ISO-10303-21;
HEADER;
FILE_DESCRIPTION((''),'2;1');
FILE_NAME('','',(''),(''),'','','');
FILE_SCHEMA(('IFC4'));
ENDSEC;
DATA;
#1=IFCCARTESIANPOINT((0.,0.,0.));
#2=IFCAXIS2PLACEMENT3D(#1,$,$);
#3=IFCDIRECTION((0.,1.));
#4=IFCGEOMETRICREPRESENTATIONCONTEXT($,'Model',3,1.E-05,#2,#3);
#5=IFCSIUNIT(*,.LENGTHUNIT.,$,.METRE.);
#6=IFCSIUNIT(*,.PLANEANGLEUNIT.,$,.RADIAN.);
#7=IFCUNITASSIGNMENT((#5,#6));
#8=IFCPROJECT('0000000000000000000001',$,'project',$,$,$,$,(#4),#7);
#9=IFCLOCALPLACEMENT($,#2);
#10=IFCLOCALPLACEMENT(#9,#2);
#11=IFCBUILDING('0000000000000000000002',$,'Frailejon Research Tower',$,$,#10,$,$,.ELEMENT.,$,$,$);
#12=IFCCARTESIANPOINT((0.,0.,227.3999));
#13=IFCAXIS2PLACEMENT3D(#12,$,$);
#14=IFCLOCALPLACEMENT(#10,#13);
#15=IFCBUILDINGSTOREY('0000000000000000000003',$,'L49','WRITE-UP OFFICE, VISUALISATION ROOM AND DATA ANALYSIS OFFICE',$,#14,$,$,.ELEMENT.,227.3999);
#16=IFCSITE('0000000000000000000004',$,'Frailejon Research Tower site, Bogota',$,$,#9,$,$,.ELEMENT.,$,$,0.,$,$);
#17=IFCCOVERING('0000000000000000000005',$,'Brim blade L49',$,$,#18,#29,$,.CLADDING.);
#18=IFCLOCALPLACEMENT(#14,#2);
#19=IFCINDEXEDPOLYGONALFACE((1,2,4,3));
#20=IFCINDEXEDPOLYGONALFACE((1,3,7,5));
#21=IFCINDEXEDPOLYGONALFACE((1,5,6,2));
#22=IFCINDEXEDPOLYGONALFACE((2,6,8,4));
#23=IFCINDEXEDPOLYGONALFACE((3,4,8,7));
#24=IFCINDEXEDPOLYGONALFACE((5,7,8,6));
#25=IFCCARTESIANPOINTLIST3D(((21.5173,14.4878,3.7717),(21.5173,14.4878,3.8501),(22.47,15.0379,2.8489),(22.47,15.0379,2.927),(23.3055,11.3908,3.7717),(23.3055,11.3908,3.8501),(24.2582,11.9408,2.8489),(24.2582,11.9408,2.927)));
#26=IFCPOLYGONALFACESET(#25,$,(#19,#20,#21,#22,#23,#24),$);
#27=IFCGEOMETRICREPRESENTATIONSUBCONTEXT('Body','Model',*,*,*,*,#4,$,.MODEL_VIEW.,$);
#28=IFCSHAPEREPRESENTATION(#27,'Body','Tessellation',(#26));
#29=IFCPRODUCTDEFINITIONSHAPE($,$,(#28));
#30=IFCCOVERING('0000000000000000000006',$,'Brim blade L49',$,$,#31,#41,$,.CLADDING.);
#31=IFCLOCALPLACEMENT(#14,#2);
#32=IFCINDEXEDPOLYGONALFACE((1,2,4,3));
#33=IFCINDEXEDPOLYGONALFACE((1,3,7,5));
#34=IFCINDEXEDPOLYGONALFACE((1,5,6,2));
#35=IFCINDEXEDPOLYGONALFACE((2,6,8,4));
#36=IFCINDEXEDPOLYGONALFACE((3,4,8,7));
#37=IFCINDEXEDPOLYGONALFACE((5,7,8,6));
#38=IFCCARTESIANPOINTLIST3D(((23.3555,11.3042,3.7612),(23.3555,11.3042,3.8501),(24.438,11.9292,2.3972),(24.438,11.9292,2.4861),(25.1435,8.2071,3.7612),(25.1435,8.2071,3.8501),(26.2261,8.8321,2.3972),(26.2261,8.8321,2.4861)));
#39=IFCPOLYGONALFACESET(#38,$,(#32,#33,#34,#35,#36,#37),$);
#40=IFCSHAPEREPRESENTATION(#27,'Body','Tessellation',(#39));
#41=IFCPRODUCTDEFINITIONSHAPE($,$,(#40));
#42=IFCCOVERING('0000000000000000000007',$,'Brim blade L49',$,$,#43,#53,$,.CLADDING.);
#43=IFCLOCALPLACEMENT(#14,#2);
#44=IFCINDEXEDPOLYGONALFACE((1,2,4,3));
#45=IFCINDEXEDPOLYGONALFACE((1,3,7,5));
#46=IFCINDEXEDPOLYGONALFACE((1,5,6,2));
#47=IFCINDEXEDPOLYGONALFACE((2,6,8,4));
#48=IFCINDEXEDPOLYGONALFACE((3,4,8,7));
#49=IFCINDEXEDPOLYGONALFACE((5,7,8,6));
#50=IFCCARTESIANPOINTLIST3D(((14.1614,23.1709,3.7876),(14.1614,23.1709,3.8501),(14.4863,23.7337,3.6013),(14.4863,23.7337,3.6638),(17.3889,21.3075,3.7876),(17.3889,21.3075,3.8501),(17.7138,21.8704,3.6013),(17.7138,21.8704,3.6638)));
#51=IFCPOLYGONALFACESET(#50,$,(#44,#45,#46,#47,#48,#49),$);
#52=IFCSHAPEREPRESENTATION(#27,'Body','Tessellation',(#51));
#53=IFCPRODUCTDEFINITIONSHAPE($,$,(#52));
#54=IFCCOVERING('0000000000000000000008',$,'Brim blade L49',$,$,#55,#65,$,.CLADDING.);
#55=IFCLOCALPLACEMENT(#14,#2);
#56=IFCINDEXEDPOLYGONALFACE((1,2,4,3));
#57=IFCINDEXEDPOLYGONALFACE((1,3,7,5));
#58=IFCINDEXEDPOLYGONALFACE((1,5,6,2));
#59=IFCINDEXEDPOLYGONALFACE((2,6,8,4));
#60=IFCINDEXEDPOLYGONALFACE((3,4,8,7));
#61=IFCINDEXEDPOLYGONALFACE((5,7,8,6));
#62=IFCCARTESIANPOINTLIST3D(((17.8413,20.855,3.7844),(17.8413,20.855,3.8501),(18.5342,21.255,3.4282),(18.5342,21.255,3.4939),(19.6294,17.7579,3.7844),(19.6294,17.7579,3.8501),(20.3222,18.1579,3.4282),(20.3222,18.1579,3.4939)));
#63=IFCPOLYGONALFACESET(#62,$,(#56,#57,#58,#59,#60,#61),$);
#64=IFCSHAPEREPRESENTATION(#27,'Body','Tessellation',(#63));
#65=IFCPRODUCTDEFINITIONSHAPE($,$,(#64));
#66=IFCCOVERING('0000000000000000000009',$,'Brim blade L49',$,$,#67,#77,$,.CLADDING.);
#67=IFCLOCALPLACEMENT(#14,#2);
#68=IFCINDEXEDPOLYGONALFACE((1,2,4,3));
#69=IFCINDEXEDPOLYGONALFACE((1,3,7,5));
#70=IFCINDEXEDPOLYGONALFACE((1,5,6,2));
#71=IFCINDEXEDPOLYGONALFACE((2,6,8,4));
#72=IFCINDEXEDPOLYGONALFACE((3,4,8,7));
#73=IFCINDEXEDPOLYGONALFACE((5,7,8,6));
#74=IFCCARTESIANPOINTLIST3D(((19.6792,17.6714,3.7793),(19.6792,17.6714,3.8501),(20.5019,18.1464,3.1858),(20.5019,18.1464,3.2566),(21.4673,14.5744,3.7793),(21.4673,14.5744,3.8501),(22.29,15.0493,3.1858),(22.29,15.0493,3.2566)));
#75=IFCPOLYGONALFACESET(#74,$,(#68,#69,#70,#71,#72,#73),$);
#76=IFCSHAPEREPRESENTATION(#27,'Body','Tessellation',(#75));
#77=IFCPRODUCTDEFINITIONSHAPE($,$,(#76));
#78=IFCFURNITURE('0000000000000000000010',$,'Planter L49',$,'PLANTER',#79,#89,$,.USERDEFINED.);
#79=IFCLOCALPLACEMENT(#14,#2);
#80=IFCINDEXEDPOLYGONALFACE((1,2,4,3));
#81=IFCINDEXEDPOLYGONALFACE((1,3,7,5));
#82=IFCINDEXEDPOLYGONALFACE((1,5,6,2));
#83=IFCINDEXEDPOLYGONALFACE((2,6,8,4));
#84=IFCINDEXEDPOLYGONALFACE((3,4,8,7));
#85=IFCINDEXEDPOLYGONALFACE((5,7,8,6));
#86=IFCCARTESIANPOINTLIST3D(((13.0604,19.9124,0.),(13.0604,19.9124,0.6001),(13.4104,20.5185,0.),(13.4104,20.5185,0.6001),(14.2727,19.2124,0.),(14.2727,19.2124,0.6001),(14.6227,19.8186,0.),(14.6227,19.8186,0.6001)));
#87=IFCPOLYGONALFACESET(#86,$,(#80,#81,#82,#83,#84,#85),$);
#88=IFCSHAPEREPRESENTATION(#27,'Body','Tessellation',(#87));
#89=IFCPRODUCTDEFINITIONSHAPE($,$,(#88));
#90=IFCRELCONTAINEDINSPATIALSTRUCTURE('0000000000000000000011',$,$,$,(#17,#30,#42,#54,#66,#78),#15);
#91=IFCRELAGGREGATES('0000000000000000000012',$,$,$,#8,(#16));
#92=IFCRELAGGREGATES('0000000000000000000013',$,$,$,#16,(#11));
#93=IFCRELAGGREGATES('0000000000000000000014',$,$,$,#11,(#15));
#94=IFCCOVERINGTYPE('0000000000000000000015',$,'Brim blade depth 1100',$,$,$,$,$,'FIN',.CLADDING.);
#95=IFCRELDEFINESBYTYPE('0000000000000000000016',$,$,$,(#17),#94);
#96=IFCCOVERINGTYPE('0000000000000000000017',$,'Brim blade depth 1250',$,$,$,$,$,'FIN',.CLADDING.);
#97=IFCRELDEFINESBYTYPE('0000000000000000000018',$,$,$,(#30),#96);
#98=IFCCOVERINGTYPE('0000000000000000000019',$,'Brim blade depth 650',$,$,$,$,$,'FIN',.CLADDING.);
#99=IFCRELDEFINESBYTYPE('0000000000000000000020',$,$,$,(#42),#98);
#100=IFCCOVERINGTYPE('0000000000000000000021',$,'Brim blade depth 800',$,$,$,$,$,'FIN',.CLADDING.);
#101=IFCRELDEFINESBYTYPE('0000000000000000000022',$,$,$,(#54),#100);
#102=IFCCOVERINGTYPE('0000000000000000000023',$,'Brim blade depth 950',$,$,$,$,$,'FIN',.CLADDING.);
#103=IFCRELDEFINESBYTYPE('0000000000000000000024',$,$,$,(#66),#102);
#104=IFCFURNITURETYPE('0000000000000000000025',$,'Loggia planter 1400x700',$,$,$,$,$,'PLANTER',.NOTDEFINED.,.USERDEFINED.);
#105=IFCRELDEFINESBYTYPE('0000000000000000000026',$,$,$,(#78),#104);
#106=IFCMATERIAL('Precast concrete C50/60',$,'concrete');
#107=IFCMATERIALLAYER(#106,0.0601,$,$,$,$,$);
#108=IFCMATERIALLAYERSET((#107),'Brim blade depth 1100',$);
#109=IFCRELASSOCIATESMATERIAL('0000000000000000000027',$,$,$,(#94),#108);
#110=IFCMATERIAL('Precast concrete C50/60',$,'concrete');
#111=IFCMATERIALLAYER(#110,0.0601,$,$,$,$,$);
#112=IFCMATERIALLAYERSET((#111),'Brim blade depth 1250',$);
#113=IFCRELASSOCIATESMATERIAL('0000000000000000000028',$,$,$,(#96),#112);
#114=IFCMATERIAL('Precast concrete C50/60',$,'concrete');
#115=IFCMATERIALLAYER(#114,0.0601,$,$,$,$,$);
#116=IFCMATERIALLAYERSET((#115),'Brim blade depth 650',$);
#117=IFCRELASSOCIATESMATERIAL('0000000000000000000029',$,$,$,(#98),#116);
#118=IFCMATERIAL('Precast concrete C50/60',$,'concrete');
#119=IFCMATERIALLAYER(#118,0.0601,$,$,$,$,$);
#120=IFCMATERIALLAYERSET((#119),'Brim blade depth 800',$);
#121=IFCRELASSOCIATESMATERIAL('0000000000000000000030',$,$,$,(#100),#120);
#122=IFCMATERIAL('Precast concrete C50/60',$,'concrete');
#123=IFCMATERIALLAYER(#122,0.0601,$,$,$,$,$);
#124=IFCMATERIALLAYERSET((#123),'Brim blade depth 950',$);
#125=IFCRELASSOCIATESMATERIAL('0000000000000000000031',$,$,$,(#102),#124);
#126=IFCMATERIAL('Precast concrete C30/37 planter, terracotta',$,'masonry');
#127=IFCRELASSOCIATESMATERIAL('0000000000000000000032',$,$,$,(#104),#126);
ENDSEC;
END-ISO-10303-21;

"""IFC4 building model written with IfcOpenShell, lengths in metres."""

from ifc_helpers import new_model, si_unit, direction, frame, origin, origin_2d, place, context, subcontext, project, spatial, polyline, rectangle, outline, extrude, material, layer, layer_set, type_object, element, save


model = new_model("IFC4")

# Units and contexts
model_context = context("Model", 3, precision=1e-05, world=origin(), true_north=direction((0.0, 1.0)))
body_context = subcontext(model_context, "Body", "Model", "MODEL_VIEW")
ifc_project = project(units=[si_unit("LENGTHUNIT", "METRE"), si_unit("PLANEANGLEUNIT", "RADIAN")], contexts=[model_context])

# Site, building, storey
site_placement = place(None, origin())
site = spatial("IfcSite", under=ifc_project, at=site_placement, Name="Frailejon Research Tower site, Bogota", CompositionType="ELEMENT", RefElevation=0.0)
building_placement = place(site_placement, origin())
building = spatial("IfcBuilding", under=site, at=building_placement, Name="Frailejon Research Tower", CompositionType="ELEMENT")
storey_placement = place(building_placement, frame((0.0, 0.0, 227.3999)))
storey = spatial("IfcBuildingStorey", under=building, at=storey_placement, Name="L49", Description="WRITE-UP OFFICE, VISUALISATION ROOM AND DATA ANALYSIS OFFICE", CompositionType="ELEMENT", Elevation=227.3999)

# Coverings
ifc_material_1 = material(Name="Precast concrete C50/60", Category="concrete")
ifc_layer_1 = layer(ifc_material_1, 0.0601)
ifc_layer_set_1 = layer_set([ifc_layer_1], Name="Brim blade depth 1100")
covering_type_1 = type_object("IfcCoveringType", Name="Brim blade depth 1100", ElementType="FIN", PredefinedType="CLADDING", material=ifc_layer_set_1)
covering_1_placement = place(storey_placement, frame((21.5173, 14.4878, 3.8501), z_axis=(0.50001, -0.86602, 0.0), x_axis=(0.86602, 0.50001, 0.0)))
element("IfcCovering", 1, at=covering_1_placement, inside=storey, type_object=covering_type_1, Name="Brim blade L49", PredefinedType="CLADDING", context=body_context, shape_type="SweptSolid", body=[
    extrude(outline(polyline([(0.0, -0.0784), (1.1001, -1.0012), (1.1001, -0.9231), (0.0, 0.0), (0.0, -0.0784)])), origin(), (0.0, 0.0, 1.0), 3.5762),
])
ifc_material_2 = material(Name="Precast concrete C50/60", Category="concrete")
ifc_layer_2 = layer(ifc_material_2, 0.0601)
ifc_layer_set_2 = layer_set([ifc_layer_2], Name="Brim blade depth 1250")
covering_type_2 = type_object("IfcCoveringType", Name="Brim blade depth 1250", ElementType="FIN", PredefinedType="CLADDING", material=ifc_layer_set_2)
covering_2_placement = place(storey_placement, frame((23.3555, 11.3042, 3.8501), z_axis=(0.499989, -0.866032, 0.0), x_axis=(0.866032, 0.499989, 0.0)))
element("IfcCovering", 2, at=covering_2_placement, inside=storey, type_object=covering_type_2, Name="Brim blade L49", PredefinedType="CLADDING", context=body_context, shape_type="SweptSolid", body=[
    extrude(outline(polyline([(0.0, -0.0889), (1.25, -1.4529), (1.25, -1.364), (0.0, 0.0), (0.0, -0.0889)])), origin(), (0.0, 0.0, 1.0), 3.5762),
])
ifc_material_3 = material(Name="Precast concrete C50/60", Category="concrete")
ifc_layer_3 = layer(ifc_material_3, 0.0601)
ifc_layer_set_3 = layer_set([ifc_layer_3], Name="Brim blade depth 650")
covering_type_3 = type_object("IfcCoveringType", Name="Brim blade depth 650", ElementType="FIN", PredefinedType="CLADDING", material=ifc_layer_set_3)
covering_3_placement = place(storey_placement, frame((14.1614, 23.1709, 3.8501), z_axis=(0.86603, -0.499992, 0.0), x_axis=(0.499992, 0.86603, 0.0)))
element("IfcCovering", 3, at=covering_3_placement, inside=storey, type_object=covering_type_3, Name="Brim blade L49", PredefinedType="CLADDING", context=body_context, shape_type="SweptSolid", body=[
    extrude(outline(polyline([(0.0, -0.0625), (0.6499, -0.2488), (0.6499, -0.1863), (0.0, 0.0), (0.0, -0.0625)])), origin(), (0.0, 0.0, 1.0), 3.7268),
])
ifc_material_4 = material(Name="Precast concrete C50/60", Category="concrete")
ifc_layer_4 = layer(ifc_material_4, 0.0601)
ifc_layer_set_4 = layer_set([ifc_layer_4], Name="Brim blade depth 800")
covering_type_4 = type_object("IfcCoveringType", Name="Brim blade depth 800", ElementType="FIN", PredefinedType="CLADDING", material=ifc_layer_set_4)
covering_4_placement = place(storey_placement, frame((17.8413, 20.855, 3.8501), z_axis=(0.499989, -0.866032, 0.0), x_axis=(0.866032, 0.499989, 0.0)))
element("IfcCovering", 4, at=covering_4_placement, inside=storey, type_object=covering_type_4, Name="Brim blade L49", PredefinedType="CLADDING", context=body_context, shape_type="SweptSolid", body=[
    extrude(outline(polyline([(0.0, -0.0657), (0.8, -0.4219), (0.8, -0.3562), (0.0, 0.0), (0.0, -0.0657)])), origin(), (0.0, 0.0, 1.0), 3.5762),
])
ifc_material_5 = material(Name="Precast concrete C50/60", Category="concrete")
ifc_layer_5 = layer(ifc_material_5, 0.0601)
ifc_layer_set_5 = layer_set([ifc_layer_5], Name="Brim blade depth 950")
covering_type_5 = type_object("IfcCoveringType", Name="Brim blade depth 950", ElementType="FIN", PredefinedType="CLADDING", material=ifc_layer_set_5)
covering_5_placement = place(storey_placement, frame((19.6792, 17.6714, 3.8501), z_axis=(0.50001, -0.86602, 0.0), x_axis=(0.86602, 0.50001, 0.0)))
element("IfcCovering", 5, at=covering_5_placement, inside=storey, type_object=covering_type_5, Name="Brim blade L49", PredefinedType="CLADDING", context=body_context, shape_type="SweptSolid", body=[
    extrude(outline(polyline([(0.0, -0.0708), (0.95, -0.6643), (0.95, -0.5935), (0.0, 0.0), (0.0, -0.0708)])), origin(), (0.0, 0.0, 1.0), 3.5762),
])

# Furniture
ifc_material_6 = material(Name="Precast concrete C30/37 planter, terracotta", Category="masonry")
furniture_type = type_object("IfcFurnitureType", Name="Loggia planter 1400x700", ElementType="PLANTER", AssemblyPlace="NOTDEFINED", PredefinedType="USERDEFINED", material=ifc_material_6)
furniture_placement = place(storey_placement, frame((13.8416, 19.8655, 0.0), z_axis=(0.0, 0.0, 1.0), x_axis=(-0.866025, 0.5, 0.0)))
element("IfcFurniture", 6, at=furniture_placement, inside=storey, type_object=furniture_type, Name="Planter L49", ObjectType="PLANTER", PredefinedType="USERDEFINED", context=body_context, shape_type="SweptSolid", body=[
    extrude(rectangle(XDim=1.3999, YDim=0.7, at=origin_2d()), origin(), (0.0, 0.0, 1.0), 0.6001),
])

save(model, "model.ifc")
